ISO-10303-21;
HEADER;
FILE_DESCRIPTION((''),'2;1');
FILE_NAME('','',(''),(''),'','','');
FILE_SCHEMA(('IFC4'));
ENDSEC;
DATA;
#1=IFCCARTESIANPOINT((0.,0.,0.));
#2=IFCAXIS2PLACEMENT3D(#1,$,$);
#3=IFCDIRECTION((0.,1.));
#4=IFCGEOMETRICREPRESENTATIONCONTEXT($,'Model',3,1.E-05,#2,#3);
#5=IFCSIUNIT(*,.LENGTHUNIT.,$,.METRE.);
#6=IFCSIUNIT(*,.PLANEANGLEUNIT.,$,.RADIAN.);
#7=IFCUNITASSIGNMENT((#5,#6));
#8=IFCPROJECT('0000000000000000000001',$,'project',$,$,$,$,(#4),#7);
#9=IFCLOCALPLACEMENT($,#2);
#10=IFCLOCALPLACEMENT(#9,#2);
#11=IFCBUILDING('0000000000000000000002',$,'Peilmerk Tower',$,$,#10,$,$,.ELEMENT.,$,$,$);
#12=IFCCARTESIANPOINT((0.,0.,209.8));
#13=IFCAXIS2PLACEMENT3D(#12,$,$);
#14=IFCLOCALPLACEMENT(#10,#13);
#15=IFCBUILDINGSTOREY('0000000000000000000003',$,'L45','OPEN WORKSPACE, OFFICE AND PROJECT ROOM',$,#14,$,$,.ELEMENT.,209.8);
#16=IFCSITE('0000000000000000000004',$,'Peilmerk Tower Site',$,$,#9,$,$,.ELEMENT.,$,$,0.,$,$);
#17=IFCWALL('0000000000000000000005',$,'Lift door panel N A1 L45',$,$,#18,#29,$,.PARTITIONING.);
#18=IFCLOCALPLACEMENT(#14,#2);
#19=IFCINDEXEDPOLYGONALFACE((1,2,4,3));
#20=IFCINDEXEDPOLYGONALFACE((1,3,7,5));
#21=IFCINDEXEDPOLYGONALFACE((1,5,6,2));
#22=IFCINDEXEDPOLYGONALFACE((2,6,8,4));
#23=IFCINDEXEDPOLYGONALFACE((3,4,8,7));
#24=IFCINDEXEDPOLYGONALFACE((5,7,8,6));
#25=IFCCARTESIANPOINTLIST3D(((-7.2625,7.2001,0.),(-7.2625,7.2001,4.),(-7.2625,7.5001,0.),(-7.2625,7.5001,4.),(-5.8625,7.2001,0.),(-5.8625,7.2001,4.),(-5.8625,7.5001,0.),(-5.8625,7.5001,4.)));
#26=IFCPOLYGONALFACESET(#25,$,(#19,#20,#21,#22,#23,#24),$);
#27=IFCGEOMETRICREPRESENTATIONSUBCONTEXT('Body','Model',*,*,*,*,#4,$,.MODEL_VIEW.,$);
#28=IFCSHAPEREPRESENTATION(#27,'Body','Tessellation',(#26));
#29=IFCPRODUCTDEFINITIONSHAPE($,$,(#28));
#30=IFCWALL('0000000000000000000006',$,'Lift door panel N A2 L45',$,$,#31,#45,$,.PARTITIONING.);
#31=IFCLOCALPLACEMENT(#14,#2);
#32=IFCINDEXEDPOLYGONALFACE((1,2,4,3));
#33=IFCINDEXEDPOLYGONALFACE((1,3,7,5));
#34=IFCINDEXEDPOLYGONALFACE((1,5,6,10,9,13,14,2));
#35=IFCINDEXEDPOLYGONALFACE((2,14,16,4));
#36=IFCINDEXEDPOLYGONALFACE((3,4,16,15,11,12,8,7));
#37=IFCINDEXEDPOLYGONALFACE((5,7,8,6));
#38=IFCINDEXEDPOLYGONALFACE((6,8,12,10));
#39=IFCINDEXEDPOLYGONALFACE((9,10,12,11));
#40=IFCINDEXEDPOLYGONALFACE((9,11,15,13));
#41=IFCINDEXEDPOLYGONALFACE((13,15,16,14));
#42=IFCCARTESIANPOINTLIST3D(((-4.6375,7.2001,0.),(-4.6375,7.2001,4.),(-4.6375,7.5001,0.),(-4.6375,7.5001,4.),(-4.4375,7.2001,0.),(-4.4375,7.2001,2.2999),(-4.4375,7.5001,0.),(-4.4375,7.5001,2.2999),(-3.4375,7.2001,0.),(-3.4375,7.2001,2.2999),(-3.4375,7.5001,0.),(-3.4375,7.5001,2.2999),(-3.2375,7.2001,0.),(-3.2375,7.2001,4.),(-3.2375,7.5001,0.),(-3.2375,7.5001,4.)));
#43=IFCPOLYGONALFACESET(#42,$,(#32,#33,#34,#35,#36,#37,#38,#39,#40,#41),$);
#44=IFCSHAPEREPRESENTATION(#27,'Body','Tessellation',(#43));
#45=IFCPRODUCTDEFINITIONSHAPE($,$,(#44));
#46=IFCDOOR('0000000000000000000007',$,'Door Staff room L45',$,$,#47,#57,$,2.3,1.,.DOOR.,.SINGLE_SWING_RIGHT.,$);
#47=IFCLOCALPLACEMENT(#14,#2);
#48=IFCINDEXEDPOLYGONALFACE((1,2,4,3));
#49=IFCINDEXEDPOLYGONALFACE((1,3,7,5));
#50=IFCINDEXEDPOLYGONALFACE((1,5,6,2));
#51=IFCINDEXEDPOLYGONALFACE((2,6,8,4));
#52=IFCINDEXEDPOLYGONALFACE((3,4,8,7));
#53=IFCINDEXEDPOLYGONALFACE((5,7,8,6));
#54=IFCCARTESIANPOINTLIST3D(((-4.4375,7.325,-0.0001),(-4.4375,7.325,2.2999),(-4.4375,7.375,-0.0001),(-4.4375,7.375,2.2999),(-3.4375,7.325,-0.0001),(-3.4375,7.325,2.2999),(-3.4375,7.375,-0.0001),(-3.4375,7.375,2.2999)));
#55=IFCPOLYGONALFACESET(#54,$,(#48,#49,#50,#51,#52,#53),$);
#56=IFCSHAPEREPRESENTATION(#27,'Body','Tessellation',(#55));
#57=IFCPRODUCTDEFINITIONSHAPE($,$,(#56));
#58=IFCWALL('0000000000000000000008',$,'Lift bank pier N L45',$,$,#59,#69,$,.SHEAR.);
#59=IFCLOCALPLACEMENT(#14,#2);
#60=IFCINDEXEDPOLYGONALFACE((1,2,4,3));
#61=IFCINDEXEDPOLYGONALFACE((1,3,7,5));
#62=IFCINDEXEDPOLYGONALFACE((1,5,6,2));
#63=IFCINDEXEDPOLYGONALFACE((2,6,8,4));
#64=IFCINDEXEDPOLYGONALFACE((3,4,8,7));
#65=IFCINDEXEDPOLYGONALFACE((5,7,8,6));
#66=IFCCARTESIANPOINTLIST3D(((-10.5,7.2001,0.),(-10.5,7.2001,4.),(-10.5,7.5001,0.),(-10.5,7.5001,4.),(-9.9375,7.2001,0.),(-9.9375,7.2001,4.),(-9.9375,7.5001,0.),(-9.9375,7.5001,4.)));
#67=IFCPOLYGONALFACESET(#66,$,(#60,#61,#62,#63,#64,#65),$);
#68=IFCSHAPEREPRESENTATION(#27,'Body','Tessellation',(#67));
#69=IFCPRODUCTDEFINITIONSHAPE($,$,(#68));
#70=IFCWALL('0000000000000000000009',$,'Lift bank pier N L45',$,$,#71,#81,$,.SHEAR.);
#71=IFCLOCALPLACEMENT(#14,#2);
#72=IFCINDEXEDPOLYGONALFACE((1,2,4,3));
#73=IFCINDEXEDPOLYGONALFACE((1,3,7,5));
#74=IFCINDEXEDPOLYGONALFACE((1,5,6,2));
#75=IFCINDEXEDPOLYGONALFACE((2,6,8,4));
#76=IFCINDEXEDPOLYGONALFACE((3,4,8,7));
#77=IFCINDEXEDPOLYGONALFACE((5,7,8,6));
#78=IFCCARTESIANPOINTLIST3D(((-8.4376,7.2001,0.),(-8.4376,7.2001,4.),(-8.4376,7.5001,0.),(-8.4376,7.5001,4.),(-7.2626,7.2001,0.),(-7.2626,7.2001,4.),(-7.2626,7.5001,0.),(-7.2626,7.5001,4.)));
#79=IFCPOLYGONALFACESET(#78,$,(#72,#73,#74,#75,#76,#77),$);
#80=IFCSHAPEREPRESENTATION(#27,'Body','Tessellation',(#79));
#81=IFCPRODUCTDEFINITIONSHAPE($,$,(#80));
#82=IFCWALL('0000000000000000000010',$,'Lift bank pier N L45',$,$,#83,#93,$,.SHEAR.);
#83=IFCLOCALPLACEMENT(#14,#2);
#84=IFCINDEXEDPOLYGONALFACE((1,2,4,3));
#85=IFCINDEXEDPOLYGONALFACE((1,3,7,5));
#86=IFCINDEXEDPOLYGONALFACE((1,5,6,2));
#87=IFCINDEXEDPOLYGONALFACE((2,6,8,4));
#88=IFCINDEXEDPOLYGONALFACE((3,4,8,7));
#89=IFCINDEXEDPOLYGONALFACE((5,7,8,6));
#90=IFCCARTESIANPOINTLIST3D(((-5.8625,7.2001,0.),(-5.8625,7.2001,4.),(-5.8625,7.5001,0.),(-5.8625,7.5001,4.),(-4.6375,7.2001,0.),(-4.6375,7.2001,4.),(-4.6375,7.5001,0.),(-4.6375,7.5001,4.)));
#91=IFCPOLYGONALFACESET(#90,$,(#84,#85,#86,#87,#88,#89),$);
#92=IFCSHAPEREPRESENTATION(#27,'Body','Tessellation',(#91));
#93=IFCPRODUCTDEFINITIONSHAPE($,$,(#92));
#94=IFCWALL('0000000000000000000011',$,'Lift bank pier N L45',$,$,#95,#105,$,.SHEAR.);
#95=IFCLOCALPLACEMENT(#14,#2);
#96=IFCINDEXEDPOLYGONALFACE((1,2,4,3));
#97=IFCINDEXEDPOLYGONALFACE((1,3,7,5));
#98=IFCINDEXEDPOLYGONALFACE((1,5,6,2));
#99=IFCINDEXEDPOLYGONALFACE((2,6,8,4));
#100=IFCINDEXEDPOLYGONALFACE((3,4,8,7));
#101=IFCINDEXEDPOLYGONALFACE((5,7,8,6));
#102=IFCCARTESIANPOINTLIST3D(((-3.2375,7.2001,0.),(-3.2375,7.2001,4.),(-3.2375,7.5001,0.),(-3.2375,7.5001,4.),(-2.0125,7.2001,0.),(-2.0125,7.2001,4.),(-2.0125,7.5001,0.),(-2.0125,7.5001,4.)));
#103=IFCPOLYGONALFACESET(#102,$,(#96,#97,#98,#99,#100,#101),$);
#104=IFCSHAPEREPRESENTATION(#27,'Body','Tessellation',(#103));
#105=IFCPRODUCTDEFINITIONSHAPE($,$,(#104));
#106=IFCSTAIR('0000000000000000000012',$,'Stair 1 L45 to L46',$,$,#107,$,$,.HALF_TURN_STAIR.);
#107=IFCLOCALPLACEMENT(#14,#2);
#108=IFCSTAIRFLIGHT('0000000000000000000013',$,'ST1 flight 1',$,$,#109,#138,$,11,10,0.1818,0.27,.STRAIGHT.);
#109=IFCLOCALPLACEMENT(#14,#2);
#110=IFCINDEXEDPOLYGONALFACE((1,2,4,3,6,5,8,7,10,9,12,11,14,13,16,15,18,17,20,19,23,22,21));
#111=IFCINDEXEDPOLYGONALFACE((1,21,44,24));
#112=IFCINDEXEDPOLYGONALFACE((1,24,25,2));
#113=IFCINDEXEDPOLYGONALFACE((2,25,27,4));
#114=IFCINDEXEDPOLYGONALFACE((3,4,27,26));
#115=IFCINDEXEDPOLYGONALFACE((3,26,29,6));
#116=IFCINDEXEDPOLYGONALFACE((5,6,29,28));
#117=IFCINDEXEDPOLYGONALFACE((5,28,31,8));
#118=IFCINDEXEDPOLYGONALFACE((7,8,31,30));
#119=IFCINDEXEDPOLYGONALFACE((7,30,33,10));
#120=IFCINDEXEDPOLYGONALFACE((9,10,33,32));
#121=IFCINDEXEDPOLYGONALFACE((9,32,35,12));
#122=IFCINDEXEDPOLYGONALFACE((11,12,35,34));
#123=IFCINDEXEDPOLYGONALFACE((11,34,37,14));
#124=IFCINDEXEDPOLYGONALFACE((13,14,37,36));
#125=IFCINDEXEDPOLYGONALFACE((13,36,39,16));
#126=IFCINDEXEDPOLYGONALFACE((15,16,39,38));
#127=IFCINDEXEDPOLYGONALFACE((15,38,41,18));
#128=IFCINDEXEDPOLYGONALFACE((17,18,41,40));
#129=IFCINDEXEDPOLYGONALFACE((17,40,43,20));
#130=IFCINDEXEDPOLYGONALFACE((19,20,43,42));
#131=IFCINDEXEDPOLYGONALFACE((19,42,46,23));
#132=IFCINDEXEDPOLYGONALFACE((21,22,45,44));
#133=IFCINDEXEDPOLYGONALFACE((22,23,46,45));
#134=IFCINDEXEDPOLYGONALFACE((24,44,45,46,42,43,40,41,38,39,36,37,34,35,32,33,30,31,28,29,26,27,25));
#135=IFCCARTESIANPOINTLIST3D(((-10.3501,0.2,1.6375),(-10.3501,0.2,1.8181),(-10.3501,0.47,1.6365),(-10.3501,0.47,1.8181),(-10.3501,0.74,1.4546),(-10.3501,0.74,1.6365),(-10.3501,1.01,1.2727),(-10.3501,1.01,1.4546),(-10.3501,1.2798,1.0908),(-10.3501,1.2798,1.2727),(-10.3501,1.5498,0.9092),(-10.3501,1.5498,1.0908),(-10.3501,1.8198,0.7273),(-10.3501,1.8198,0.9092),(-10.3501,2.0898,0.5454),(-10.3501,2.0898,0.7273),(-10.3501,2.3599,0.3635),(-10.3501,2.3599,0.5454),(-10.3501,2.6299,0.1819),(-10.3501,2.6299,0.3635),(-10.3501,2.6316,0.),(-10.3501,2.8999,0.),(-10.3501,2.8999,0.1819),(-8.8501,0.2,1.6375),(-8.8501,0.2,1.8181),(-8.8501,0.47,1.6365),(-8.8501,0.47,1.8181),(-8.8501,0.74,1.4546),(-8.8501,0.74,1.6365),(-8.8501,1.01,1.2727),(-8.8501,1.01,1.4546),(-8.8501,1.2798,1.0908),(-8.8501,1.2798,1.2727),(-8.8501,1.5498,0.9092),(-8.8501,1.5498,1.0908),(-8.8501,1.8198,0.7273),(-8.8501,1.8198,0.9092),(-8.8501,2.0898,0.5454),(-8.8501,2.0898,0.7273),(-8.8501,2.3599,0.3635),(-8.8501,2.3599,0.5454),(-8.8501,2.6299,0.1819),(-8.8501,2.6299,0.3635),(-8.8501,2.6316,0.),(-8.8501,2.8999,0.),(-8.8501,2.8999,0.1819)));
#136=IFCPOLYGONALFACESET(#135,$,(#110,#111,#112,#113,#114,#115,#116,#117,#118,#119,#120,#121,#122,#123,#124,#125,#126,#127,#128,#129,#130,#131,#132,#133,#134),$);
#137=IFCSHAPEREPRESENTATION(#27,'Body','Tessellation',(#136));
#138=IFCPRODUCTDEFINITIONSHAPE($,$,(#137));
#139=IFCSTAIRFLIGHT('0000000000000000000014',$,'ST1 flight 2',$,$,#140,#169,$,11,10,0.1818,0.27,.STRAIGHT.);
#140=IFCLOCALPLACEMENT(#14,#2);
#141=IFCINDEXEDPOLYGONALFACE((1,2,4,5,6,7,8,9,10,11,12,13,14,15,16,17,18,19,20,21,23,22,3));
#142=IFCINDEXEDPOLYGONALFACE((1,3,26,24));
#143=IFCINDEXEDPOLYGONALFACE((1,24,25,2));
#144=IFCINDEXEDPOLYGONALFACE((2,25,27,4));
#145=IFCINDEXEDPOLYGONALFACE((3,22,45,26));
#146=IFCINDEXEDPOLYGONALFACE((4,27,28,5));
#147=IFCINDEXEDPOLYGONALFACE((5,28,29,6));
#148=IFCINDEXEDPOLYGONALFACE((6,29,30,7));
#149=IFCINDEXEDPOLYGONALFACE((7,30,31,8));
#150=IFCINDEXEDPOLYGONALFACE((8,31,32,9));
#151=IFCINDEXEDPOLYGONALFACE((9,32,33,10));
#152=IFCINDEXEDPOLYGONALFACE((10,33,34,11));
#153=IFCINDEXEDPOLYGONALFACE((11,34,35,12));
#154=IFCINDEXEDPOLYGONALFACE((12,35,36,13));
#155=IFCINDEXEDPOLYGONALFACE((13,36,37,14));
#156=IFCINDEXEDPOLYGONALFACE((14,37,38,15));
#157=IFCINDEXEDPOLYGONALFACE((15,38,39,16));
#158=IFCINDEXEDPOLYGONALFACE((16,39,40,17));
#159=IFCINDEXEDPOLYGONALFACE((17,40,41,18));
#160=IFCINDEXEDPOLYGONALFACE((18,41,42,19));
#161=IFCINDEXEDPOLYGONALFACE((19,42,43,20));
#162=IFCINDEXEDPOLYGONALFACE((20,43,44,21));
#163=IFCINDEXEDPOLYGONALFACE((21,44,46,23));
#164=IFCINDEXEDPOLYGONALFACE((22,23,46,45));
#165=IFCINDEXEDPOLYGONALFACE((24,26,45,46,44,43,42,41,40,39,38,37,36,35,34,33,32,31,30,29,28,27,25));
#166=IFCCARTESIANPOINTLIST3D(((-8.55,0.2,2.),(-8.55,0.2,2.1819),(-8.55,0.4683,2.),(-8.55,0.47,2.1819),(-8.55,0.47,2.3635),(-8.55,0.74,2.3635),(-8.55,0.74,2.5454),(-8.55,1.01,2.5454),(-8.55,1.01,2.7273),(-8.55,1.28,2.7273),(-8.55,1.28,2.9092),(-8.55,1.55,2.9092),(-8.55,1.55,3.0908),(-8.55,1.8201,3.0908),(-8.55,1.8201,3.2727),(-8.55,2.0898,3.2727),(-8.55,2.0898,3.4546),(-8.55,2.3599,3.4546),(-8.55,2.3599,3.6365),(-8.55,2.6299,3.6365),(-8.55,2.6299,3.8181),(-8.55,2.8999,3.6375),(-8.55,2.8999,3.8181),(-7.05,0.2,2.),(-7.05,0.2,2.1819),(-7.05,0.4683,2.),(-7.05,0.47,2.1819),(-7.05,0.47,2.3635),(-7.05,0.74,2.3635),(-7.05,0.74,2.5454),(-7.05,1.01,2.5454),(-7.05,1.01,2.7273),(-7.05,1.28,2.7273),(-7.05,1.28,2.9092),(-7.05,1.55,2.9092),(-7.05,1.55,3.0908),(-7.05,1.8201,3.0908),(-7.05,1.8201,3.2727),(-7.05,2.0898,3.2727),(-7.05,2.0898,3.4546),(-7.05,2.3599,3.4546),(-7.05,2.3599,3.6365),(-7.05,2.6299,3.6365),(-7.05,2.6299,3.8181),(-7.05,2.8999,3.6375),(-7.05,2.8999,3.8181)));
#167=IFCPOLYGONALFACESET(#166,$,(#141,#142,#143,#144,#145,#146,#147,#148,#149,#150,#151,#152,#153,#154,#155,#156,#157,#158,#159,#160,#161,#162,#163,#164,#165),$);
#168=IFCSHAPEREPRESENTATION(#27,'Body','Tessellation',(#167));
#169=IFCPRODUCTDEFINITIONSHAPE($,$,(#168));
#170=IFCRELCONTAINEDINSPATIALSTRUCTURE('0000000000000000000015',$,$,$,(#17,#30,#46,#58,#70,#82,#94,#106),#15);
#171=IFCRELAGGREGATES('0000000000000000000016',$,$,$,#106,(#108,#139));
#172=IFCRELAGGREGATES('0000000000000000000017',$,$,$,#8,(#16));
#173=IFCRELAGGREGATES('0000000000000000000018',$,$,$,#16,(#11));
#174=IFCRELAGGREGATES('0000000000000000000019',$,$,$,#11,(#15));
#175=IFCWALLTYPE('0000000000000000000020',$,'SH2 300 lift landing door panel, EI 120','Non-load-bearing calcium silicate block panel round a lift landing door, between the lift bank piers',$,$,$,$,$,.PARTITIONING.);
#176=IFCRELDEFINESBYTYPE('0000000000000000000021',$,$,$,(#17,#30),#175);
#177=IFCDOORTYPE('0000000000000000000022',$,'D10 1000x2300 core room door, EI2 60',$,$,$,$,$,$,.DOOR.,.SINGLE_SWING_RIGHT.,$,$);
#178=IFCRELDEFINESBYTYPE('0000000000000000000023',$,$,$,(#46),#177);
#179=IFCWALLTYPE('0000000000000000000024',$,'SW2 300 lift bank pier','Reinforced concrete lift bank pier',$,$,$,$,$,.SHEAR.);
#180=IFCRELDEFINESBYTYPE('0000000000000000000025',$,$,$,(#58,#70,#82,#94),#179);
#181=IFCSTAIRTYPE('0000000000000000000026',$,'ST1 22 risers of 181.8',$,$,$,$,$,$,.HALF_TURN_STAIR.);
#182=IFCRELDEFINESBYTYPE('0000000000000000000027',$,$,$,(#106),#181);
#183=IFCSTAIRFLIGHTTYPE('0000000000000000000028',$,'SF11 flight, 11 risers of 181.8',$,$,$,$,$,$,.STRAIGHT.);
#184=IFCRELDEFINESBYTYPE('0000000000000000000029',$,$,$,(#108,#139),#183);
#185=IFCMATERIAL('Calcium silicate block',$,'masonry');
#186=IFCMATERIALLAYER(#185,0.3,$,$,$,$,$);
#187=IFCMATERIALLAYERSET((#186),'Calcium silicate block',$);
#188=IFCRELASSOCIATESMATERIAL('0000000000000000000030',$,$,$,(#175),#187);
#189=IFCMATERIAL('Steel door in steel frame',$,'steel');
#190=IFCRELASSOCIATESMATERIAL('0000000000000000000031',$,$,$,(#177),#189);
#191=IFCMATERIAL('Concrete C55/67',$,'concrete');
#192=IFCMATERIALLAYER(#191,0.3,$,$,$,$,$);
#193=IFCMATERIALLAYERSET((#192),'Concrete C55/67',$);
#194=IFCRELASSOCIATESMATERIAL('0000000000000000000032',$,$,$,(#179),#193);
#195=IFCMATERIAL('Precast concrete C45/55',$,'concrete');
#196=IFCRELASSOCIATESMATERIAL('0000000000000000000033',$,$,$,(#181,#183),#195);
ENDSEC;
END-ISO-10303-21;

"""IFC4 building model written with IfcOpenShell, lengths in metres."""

from ifc_helpers import new_model, si_unit, direction, frame, frame_2d, origin, place, context, subcontext, project, spatial, polyline, rectangle, outline, extrude, material, layer, layer_set, type_object, element, fill, aggregate, save


model = new_model("IFC4")

# Units and contexts
model_context = context("Model", 3, precision=1e-05, world=origin(), true_north=direction((0.0, 1.0)))
body_context = subcontext(model_context, "Body", "Model", "MODEL_VIEW")
ifc_project = project(units=[si_unit("LENGTHUNIT", "METRE"), si_unit("PLANEANGLEUNIT", "RADIAN")], contexts=[model_context])

# Site, building, storey
site_placement = place(None, origin())
site = spatial("IfcSite", under=ifc_project, at=site_placement, Name="Peilmerk Tower Site", CompositionType="ELEMENT", RefElevation=0.0)
building_placement = place(site_placement, origin())
building = spatial("IfcBuilding", under=site, at=building_placement, Name="Peilmerk Tower", CompositionType="ELEMENT")
storey_placement = place(building_placement, frame((0.0, 0.0, 209.8)))
storey = spatial("IfcBuildingStorey", under=building, at=storey_placement, Name="L45", Description="OPEN WORKSPACE, OFFICE AND PROJECT ROOM", CompositionType="ELEMENT", Elevation=209.8)

# Shared definitions
ifc_material_1 = material(Name="Concrete C55/67", Category="concrete")

# Shared definitions
ifc_material_2 = material(Name="Steel door in steel frame", Category="steel")

# Shared definitions
ifc_material_3 = material(Name="Calcium silicate block", Category="masonry")
ifc_layer_1 = layer(ifc_material_3, 0.3)
ifc_layer_set_1 = layer_set([ifc_layer_1], Name="Calcium silicate block")
wall_type_1 = type_object("IfcWallType", Name="SH2 300 lift landing door panel, EI 120", Description="Non-load-bearing calcium silicate block panel round a lift landing door, between the lift bank piers", PredefinedType="PARTITIONING", material=ifc_layer_set_1)

# Wall
wall_1_placement = place(storey_placement, frame((-7.2625, 7.3501, 0.0), z_axis=(0.0, 0.0, 1.0), x_axis=(1.0, 0.0, 0.0)))
element("IfcWall", 1, at=wall_1_placement, inside=storey, type_object=wall_type_1, Name="Lift door panel N A1 L45", PredefinedType="PARTITIONING", context=body_context, shape_type="SweptSolid", body=[
    extrude(rectangle(XDim=1.3999, YDim=0.3, at=frame_2d((0.7, 0.0))), origin(), (0.0, 0.0, 1.0), 4.0),
])

# Wall, opening, door
wall_2_placement = place(storey_placement, frame((-4.6375, 7.3501, 0.0), z_axis=(0.0, 0.0, 1.0), x_axis=(1.0, 0.0, 0.0)))
wall_2 = element("IfcWall", 2, at=wall_2_placement, inside=storey, type_object=wall_type_1, Name="Lift door panel N A2 L45", PredefinedType="PARTITIONING", context=body_context, shape_type="SweptSolid", body=[
    extrude(rectangle(XDim=1.3999, YDim=0.3, at=frame_2d((0.7, 0.0))), origin(), (0.0, 0.0, 1.0), 4.0),
])
opening_1_placement = place(wall_2_placement, frame((0.2, 0.0, 0.0)))
opening_1 = element("IfcOpeningElement", 3, at=opening_1_placement, cuts=wall_2, PredefinedType="OPENING", context=body_context, shape_type="SweptSolid", body=[
    extrude(rectangle(XDim=1.0, YDim=2.3, at=frame_2d((0.5, 1.1499))), frame((0.0, 0.1599, 0.0), z_axis=(0.0, -1.0, 0.0), x_axis=(1.0, 0.0, 0.0)), (0.0, 0.0, 1.0), 0.3201),
])
door_type_1 = type_object("IfcDoorType", Name="D10 1000x2300 core room door, EI2 60", OperationType="SINGLE_SWING_RIGHT", PredefinedType="DOOR", material=ifc_material_2)
door_1_placement = place(opening_1_placement, origin())
door_1 = element("IfcDoor", 4, at=door_1_placement, inside=storey, type_object=door_type_1, Name="Door Staff room L45", OperationType="SINGLE_SWING_RIGHT", OverallHeight=2.3, OverallWidth=1.0, PredefinedType="DOOR", context=body_context, shape_type="SweptSolid", body=[
    extrude(rectangle(XDim=1.0, YDim=2.3, at=frame_2d((0.5, 1.1499))), frame((0.0, 0.0249, 0.0), z_axis=(0.0, -1.0, 0.0), x_axis=(1.0, 0.0, 0.0)), (0.0, 0.0, 1.0), 0.05),
])
fill(opening_1, door_1)

# Walls
ifc_layer_2 = layer(ifc_material_1, 0.3)
ifc_layer_set_2 = layer_set([ifc_layer_2], Name="Concrete C55/67")
wall_type_2 = type_object("IfcWallType", Name="SW2 300 lift bank pier", Description="Reinforced concrete lift bank pier", PredefinedType="SHEAR", material=ifc_layer_set_2)
wall_3_placement = place(storey_placement, frame((-10.5, 7.3501, 0.0), z_axis=(0.0, 0.0, 1.0), x_axis=(1.0, 0.0, 0.0)))
element("IfcWall", 5, at=wall_3_placement, inside=storey, type_object=wall_type_2, Name="Lift bank pier N L45", PredefinedType="SHEAR", context=body_context, shape_type="SweptSolid", body=[
    extrude(rectangle(XDim=0.5625, YDim=0.3, at=frame_2d((0.2812, 0.0))), origin(), (0.0, 0.0, 1.0), 4.0),
])
wall_4_placement = place(storey_placement, frame((-8.4375, 7.3501, 0.0), z_axis=(0.0, 0.0, 1.0), x_axis=(1.0, 0.0, 0.0)))
element("IfcWall", 6, at=wall_4_placement, inside=storey, type_object=wall_type_2, Name="Lift bank pier N L45", PredefinedType="SHEAR", context=body_context, shape_type="SweptSolid", body=[
    extrude(rectangle(XDim=1.175, YDim=0.3, at=frame_2d((0.5874, 0.0))), origin(), (0.0, 0.0, 1.0), 4.0),
])
for number, where, z_axis, x_axis, name in (
    (7, (-5.8625, 7.3501, 0.0), (0.0, 0.0, 1.0), (1.0, 0.0, 0.0), "Lift bank pier N L45"),
    (8, (-3.2375, 7.3501, 0.0), (0.0, 0.0, 1.0), (1.0, 0.0, 0.0), "Lift bank pier N L45"),
):
    element("IfcWall", number, at=place(storey_placement, frame(where, z_axis=z_axis, x_axis=x_axis)), inside=storey, type_object=wall_type_2, Name=name, PredefinedType="SHEAR", context=body_context, shape_type="SweptSolid", body=[
        extrude(rectangle(XDim=1.2251, YDim=0.3, at=frame_2d((0.6125, 0.0))), origin(), (0.0, 0.0, 1.0), 4.0),
    ])

# Stair, stair flights
ifc_material_4 = material(Name="Precast concrete C45/55", Category="concrete")
stair_type = type_object("IfcStairType", Name="ST1 22 risers of 181.8", PredefinedType="HALF_TURN_STAIR", material=ifc_material_4)
stair_placement = place(storey_placement, origin())
stair = element("IfcStair", 9, at=stair_placement, inside=storey, type_object=stair_type, Name="Stair 1 L45 to L46", PredefinedType="HALF_TURN_STAIR")
stair_flight_type = type_object("IfcStairFlightType", Name="SF11 flight, 11 risers of 181.8", PredefinedType="STRAIGHT", material=ifc_material_4)
stair_flight_1_placement = place(storey_placement, frame((-9.6001, 2.8999, 0.0), z_axis=(0.0, 0.0, 1.0), x_axis=(0.0, -1.0, 0.0)))
stair_flight_1 = element("IfcStairFlight", 10, at=stair_flight_1_placement, type_object=stair_flight_type, Name="ST1 flight 1", NumberOfRisers=11, NumberOfTreads=10, PredefinedType="STRAIGHT", RiserHeight=0.1818, TreadLength=0.27, context=body_context, shape_type="SweptSolid", body=[
    extrude(outline(polyline([(0.0, 0.0), (0.0, 0.1819), (0.27, 0.1819), (0.27, 0.3635), (0.54, 0.3635), (0.54, 0.5454), (0.8101, 0.5454), (0.8101, 0.7273), (1.0801, 0.7273), (1.0801, 0.9092), (1.3501, 0.9092), (1.3501, 1.0908), (1.6201, 1.0908), (1.6201, 1.2727), (1.8899, 1.2727), (1.8899, 1.4546), (2.1599, 1.4546), (2.1599, 1.6365), (2.4299, 1.6365), (2.4299, 1.8181), (2.7, 1.8181), (2.7, 2.0), (2.7, 1.6375), (0.2683, 0.0), (0.0, 0.0)])), frame((0.0, 0.75, 0.0), z_axis=(0.0, -1.0, 0.0), x_axis=(1.0, 0.0, 0.0)), (0.0, 0.0, 1.0), 1.5),
])
stair_flight_2_placement = place(storey_placement, frame((-7.8, 0.2, 2.0), z_axis=(0.0, 0.0, 1.0), x_axis=(0.0, 1.0, 0.0)))
stair_flight_2 = element("IfcStairFlight", 11, at=stair_flight_2_placement, type_object=stair_flight_type, Name="ST1 flight 2", NumberOfRisers=11, NumberOfTreads=10, PredefinedType="STRAIGHT", RiserHeight=0.1818, TreadLength=0.27, context=body_context, shape_type="SweptSolid", body=[
    extrude(outline(polyline([(0.0, 0.0), (0.0, 0.1819), (0.27, 0.1819), (0.27, 0.3635), (0.54, 0.3635), (0.54, 0.5454), (0.8101, 0.5454), (0.8101, 0.7273), (1.0801, 0.7273), (1.0801, 0.9092), (1.3501, 0.9092), (1.3501, 1.0908), (1.6201, 1.0908), (1.6201, 1.2727), (1.8899, 1.2727), (1.8899, 1.4546), (2.1599, 1.4546), (2.1599, 1.6365), (2.4299, 1.6365), (2.4299, 1.8181), (2.7, 1.8181), (2.7, 2.0), (2.7, 1.6375), (0.2683, 0.0), (0.0, 0.0)])), frame((0.0, 0.75, 0.0), z_axis=(0.0, -1.0, 0.0), x_axis=(1.0, 0.0, 0.0)), (0.0, 0.0, 1.0), 1.5),
])
aggregate(stair, [stair_flight_1, stair_flight_2])

save(model, "model.ifc")
